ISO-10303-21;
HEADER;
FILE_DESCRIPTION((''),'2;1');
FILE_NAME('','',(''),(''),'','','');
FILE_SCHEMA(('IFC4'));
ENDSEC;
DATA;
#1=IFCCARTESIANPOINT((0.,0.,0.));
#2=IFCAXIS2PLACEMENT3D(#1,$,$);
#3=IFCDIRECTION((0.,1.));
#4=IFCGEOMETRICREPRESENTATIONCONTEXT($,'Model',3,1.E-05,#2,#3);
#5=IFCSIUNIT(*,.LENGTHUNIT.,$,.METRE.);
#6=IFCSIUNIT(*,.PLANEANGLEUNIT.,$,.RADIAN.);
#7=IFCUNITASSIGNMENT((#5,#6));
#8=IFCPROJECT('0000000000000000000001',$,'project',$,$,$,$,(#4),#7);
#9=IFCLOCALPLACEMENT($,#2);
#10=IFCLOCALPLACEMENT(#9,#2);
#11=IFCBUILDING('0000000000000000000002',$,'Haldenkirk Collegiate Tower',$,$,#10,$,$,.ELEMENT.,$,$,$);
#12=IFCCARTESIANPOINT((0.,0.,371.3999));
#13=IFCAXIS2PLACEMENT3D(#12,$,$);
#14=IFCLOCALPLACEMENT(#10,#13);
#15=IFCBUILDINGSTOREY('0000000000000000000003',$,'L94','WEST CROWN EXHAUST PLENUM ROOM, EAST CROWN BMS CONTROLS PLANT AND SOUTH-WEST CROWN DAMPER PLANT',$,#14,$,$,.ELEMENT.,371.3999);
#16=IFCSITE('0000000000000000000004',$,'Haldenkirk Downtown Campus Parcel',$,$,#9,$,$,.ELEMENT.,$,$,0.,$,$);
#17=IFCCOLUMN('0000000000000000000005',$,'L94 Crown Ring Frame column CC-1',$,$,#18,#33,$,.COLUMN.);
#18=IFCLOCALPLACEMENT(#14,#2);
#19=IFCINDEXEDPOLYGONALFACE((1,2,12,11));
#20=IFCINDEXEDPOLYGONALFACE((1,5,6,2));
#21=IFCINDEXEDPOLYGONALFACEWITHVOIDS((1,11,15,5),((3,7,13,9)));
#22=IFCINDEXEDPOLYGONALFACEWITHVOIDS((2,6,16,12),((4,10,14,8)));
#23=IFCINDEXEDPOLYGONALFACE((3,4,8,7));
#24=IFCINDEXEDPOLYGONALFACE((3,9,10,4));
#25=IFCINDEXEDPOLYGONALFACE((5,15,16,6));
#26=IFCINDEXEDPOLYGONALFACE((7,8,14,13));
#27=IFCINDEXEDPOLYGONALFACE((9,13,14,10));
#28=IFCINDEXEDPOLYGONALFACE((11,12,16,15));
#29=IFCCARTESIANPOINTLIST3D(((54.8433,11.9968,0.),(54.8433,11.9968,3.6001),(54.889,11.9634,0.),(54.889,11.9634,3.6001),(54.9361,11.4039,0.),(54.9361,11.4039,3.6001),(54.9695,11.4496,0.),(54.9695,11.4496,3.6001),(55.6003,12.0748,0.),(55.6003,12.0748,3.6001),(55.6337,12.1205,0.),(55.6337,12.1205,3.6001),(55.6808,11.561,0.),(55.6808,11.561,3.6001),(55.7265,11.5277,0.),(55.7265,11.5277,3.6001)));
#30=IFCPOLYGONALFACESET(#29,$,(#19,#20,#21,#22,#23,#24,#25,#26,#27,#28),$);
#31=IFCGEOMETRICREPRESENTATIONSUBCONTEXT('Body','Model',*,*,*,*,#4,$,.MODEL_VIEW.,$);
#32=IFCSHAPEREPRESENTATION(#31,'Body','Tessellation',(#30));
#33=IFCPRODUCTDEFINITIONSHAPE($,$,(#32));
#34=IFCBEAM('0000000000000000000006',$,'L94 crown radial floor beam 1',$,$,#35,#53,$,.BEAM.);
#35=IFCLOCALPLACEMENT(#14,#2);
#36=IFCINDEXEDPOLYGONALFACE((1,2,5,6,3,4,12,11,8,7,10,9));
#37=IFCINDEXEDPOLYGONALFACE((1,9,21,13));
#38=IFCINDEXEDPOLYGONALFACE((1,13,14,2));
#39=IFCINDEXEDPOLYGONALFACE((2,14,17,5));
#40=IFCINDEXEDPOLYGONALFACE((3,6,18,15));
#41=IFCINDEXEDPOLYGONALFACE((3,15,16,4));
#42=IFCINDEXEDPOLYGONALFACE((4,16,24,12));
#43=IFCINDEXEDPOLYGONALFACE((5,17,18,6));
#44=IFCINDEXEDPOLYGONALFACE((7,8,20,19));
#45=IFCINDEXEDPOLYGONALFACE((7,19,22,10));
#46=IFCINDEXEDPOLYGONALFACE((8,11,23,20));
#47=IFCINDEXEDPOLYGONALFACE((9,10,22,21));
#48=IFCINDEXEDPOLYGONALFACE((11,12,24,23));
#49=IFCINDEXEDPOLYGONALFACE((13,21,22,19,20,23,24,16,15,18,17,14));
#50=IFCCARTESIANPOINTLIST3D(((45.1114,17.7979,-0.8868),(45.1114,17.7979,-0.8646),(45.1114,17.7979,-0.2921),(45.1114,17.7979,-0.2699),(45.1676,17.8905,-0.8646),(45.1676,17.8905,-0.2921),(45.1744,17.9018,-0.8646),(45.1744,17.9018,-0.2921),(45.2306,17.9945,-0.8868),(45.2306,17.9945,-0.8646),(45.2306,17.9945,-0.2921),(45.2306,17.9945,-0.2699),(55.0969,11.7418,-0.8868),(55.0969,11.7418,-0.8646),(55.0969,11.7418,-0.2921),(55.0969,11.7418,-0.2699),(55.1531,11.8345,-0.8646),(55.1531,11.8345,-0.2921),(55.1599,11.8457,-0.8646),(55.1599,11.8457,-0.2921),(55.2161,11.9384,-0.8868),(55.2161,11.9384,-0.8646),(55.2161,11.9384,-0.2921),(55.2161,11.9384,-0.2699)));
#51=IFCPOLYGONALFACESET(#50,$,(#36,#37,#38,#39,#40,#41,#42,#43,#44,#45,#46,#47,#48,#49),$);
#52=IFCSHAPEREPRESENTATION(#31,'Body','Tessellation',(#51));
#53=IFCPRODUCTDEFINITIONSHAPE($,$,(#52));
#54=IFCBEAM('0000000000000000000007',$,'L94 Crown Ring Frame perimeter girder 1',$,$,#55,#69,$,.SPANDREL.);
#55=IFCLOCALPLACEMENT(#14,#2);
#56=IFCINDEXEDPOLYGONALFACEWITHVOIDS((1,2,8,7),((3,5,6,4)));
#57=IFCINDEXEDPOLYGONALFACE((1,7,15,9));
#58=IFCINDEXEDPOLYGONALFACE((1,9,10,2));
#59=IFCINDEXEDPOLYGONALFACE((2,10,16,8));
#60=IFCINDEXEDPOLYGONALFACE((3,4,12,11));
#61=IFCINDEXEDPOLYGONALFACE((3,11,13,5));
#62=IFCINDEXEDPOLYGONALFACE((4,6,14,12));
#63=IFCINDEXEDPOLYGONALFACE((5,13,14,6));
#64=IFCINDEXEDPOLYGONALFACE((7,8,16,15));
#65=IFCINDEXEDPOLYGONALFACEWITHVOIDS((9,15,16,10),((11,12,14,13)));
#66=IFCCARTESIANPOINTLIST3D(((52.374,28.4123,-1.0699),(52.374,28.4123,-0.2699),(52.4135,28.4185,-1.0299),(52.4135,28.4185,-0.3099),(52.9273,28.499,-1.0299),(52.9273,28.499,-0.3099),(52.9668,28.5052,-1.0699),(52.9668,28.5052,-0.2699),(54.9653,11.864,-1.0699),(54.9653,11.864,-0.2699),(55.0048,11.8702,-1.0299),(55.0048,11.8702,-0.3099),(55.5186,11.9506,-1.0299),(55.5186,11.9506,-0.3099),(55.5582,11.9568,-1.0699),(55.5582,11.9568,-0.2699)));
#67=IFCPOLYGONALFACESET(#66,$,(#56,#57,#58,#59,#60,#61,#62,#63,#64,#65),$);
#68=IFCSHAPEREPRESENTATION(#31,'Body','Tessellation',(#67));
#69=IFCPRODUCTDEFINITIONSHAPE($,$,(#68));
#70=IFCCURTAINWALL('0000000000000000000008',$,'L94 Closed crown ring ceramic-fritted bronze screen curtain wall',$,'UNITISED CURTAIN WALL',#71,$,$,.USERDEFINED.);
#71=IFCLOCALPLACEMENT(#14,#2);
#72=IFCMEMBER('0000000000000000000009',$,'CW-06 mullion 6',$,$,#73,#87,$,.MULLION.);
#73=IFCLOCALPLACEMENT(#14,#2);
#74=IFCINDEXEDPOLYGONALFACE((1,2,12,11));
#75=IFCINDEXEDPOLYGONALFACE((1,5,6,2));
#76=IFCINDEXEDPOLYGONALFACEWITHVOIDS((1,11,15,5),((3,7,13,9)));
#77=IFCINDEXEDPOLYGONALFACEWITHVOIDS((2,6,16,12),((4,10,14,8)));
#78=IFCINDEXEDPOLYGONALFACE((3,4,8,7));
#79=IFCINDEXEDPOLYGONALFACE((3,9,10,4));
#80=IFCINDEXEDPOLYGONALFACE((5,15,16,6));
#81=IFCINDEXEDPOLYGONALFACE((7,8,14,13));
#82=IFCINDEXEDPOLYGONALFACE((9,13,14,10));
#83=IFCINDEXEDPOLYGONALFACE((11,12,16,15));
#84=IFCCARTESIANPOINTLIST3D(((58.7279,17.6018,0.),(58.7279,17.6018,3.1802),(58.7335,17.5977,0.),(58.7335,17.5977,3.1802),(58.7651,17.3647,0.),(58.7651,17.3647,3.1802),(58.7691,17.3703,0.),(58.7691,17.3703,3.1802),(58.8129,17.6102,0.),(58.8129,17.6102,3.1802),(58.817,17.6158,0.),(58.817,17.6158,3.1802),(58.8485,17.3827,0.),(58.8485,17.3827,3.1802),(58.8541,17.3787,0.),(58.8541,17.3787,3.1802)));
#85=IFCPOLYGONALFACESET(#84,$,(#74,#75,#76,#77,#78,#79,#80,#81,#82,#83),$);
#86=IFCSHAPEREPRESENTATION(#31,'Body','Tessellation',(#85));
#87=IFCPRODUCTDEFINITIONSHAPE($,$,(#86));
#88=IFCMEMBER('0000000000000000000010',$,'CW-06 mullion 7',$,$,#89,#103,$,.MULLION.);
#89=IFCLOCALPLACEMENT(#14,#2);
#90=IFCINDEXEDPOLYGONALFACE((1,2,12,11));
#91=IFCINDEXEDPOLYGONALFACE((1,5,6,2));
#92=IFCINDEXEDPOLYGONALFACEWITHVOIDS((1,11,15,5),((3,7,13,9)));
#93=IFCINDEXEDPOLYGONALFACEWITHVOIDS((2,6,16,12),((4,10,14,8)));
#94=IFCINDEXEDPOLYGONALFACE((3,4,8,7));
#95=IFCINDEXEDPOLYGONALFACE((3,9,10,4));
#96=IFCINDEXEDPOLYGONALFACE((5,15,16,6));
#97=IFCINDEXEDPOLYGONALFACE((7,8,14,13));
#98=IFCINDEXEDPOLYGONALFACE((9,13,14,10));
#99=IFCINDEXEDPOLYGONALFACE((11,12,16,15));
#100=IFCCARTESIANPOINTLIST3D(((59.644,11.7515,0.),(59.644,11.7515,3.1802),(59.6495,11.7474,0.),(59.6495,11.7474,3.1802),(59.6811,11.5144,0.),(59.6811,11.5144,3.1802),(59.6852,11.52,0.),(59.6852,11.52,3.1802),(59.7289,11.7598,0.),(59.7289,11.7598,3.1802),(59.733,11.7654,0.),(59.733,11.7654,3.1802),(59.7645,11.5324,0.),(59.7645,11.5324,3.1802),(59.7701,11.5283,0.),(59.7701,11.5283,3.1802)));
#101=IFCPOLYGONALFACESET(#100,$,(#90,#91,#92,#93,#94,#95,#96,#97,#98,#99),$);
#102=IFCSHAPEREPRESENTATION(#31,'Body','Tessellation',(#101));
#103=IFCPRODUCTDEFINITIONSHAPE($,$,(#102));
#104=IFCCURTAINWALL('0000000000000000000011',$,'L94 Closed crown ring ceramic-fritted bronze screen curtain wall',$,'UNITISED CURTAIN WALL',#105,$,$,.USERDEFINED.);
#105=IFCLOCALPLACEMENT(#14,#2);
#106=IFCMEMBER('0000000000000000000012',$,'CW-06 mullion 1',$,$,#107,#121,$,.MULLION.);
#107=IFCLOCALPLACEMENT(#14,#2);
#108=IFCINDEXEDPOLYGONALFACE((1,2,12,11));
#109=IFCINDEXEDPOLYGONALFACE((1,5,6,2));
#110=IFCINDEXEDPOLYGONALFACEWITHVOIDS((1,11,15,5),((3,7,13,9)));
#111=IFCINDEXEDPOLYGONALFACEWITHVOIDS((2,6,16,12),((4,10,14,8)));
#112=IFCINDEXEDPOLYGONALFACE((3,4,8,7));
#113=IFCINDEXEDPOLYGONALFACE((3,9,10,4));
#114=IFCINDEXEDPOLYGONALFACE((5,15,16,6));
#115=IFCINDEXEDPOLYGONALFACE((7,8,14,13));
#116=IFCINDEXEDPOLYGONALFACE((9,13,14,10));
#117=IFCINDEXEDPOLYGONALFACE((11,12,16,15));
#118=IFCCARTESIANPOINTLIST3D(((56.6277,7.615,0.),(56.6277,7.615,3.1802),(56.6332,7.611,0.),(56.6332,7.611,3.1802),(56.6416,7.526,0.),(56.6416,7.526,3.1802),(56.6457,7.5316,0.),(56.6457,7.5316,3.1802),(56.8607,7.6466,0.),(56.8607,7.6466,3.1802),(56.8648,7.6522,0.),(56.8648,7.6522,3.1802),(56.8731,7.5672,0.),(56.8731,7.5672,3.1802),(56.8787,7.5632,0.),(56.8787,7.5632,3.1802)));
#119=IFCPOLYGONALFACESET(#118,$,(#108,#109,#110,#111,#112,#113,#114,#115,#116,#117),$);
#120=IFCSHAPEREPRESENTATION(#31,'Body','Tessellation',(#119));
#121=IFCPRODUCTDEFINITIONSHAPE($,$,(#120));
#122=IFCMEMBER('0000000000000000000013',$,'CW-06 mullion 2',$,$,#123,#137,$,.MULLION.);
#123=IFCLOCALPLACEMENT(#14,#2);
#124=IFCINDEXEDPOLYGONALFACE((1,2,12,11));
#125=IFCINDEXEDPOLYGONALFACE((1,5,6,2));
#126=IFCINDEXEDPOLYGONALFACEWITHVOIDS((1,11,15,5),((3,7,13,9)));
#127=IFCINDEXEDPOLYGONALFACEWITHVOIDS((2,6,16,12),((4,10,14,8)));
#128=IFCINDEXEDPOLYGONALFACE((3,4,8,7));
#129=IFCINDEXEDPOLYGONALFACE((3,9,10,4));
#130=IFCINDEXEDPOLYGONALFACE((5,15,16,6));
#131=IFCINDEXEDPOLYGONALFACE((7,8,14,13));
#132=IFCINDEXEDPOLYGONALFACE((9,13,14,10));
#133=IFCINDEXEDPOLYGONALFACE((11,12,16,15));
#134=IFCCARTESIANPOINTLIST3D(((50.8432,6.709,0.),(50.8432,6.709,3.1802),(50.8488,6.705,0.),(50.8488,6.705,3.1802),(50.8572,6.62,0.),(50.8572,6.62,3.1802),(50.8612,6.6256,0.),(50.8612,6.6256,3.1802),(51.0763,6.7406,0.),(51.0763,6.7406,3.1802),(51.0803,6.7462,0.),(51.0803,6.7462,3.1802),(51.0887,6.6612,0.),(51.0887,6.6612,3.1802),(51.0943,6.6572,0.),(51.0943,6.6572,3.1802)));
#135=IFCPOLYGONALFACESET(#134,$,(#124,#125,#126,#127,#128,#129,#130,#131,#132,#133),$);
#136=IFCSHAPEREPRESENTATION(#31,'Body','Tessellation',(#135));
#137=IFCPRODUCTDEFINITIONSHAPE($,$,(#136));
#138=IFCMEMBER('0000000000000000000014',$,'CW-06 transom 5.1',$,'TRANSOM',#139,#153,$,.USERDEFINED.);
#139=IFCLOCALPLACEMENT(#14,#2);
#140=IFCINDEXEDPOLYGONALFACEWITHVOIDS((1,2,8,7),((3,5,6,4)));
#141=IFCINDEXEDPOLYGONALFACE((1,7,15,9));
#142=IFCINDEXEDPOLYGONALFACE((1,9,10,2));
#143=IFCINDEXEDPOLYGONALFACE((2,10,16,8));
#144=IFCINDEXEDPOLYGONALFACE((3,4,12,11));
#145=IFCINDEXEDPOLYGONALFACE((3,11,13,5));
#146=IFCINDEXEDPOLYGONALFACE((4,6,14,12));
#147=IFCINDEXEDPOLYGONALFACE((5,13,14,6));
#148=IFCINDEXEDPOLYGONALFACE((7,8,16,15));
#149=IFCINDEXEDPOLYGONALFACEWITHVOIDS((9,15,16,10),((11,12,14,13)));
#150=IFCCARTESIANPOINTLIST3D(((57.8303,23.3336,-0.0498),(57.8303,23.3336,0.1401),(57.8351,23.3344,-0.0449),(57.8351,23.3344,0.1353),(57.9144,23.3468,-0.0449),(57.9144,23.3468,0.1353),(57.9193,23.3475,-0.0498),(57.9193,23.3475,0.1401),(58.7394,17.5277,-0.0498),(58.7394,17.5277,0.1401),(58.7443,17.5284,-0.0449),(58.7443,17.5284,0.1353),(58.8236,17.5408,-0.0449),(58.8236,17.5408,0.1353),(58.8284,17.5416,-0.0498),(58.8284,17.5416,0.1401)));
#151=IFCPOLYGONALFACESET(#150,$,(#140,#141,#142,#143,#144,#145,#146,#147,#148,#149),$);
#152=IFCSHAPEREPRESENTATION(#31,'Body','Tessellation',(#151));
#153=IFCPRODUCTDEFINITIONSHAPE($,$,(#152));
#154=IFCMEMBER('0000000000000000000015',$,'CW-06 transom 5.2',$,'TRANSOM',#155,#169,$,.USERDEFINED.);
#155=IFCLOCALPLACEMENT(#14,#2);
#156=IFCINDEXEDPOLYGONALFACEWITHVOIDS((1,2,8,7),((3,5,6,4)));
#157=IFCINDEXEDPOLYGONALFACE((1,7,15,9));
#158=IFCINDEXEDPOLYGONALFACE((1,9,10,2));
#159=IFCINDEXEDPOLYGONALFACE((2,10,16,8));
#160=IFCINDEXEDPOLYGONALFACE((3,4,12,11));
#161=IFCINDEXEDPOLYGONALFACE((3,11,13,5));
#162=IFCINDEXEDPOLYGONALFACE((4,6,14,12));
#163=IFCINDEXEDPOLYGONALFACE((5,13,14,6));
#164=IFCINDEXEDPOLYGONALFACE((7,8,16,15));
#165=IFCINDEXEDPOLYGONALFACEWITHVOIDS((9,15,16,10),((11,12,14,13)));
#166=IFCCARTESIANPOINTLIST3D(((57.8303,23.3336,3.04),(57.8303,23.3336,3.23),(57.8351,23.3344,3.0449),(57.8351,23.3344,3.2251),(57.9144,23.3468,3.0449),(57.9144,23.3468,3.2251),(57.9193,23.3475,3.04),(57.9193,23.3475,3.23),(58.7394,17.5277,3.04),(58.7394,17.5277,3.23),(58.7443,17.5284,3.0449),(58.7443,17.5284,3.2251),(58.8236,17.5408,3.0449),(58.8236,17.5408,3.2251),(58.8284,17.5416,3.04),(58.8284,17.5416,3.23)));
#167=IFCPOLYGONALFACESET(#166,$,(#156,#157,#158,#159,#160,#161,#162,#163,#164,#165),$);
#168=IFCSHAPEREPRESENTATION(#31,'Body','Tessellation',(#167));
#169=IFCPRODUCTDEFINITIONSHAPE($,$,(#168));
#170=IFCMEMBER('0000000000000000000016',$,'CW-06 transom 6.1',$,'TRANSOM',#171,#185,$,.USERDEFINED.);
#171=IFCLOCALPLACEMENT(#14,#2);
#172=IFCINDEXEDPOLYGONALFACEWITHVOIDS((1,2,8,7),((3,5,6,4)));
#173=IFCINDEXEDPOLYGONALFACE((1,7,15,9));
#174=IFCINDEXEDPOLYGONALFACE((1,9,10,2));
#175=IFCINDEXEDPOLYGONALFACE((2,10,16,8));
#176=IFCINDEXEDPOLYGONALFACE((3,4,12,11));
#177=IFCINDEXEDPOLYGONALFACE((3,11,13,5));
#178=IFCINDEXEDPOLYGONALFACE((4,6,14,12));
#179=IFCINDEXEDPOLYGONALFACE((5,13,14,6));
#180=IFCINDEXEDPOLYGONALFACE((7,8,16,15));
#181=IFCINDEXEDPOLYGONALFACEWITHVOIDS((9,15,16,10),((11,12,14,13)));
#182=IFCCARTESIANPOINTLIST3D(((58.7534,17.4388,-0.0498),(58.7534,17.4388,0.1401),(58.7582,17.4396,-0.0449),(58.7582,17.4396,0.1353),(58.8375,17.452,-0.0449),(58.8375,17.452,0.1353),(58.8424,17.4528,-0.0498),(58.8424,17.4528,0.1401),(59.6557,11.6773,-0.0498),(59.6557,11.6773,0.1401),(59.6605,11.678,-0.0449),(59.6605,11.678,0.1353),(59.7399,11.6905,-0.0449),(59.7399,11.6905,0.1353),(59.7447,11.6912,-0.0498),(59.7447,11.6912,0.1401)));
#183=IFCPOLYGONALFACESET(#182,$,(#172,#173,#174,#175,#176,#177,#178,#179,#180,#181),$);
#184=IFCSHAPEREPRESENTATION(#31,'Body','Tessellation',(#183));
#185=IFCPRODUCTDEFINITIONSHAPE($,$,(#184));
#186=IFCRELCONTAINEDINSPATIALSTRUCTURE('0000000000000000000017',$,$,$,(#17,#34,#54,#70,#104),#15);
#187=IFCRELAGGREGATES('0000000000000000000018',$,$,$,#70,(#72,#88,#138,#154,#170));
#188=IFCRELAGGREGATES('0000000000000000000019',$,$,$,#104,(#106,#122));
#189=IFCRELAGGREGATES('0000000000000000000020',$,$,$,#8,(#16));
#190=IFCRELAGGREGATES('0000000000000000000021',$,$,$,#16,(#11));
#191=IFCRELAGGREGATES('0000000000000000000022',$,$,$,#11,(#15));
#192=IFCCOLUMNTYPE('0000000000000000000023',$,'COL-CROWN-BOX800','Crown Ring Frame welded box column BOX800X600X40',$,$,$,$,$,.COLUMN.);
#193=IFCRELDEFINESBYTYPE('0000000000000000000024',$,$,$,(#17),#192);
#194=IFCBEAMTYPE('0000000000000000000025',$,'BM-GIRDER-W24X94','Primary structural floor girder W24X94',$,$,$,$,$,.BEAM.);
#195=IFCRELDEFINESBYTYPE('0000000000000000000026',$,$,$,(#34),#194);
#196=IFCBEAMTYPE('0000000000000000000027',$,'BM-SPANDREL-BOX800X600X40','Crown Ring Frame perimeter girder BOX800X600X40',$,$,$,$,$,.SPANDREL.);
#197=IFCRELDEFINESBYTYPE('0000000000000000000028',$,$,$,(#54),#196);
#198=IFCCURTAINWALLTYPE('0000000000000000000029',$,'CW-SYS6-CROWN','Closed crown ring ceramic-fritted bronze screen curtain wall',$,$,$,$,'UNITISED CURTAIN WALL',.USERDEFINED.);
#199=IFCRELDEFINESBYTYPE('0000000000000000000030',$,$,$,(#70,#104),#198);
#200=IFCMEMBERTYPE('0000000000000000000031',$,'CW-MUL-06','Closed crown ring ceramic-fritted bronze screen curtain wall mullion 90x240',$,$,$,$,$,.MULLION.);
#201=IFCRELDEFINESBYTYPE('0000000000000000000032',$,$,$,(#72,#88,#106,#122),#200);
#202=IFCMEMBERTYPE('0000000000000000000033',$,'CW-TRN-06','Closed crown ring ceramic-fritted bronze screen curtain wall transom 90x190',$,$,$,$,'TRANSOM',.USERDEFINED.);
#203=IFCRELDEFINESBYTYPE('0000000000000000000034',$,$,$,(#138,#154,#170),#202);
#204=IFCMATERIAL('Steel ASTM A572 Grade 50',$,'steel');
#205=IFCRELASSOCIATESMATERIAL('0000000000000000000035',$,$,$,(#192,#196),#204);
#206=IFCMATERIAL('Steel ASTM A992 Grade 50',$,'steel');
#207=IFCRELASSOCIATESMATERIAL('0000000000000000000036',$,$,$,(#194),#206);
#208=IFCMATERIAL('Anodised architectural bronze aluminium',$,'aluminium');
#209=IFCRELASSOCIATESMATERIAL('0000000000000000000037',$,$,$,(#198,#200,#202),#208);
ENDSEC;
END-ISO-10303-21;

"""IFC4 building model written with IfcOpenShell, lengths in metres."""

from ifc_helpers import new_model, si_unit, direction, frame, origin, origin_2d, place, context, subcontext, project, spatial, hollow_rectangle, i_section, extrude, material, material_profile, profile_set, type_object, element, aggregate, save


model = new_model("IFC4")

# Units and contexts
model_context = context("Model", 3, precision=1e-05, world=origin(), true_north=direction((0.0, 1.0)))
body_context = subcontext(model_context, "Body", "Model", "MODEL_VIEW")
ifc_project = project(units=[si_unit("LENGTHUNIT", "METRE"), si_unit("PLANEANGLEUNIT", "RADIAN")], contexts=[model_context])

# Site, building, storey
site_placement = place(None, origin())
site = spatial("IfcSite", under=ifc_project, at=site_placement, Name="Haldenkirk Downtown Campus Parcel", CompositionType="ELEMENT", RefElevation=0.0)
building_placement = place(site_placement, origin())
building = spatial("IfcBuilding", under=site, at=building_placement, Name="Haldenkirk Collegiate Tower", CompositionType="ELEMENT")
storey_placement = place(building_placement, frame((0.0, 0.0, 371.3999)))
storey = spatial("IfcBuildingStorey", under=building, at=storey_placement, Name="L94", Description="WEST CROWN EXHAUST PLENUM ROOM, EAST CROWN BMS CONTROLS PLANT AND SOUTH-WEST CROWN DAMPER PLANT", CompositionType="ELEMENT", Elevation=371.3999)

# Column
ifc_material_1 = material(Name="Steel ASTM A572 Grade 50", Category="steel")
ifc_material_profile_1 = material_profile(ifc_material_1, hollow_rectangle(XDim=0.6001, YDim=0.8, WallThickness=0.04, at=origin_2d()), Name="BOX800X600X40")
ifc_profile_set_1 = profile_set([ifc_material_profile_1], Name="Steel ASTM A572 Grade 50")
column_type = type_object("IfcColumnType", Name="COL-CROWN-BOX800", Description="Crown Ring Frame welded box column BOX800X600X40", PredefinedType="COLUMN", material=ifc_profile_set_1)
column_placement = place(storey_placement, frame((55.2849, 11.7622, 0.0), z_axis=(0.0, 0.0, 1.0), x_axis=(-0.15471, 0.98796, 0.0)))
element("IfcColumn", 1, at=column_placement, inside=storey, type_object=column_type, Name="L94 Crown Ring Frame column CC-1", PredefinedType="COLUMN", context=body_context, shape_type="SweptSolid", body=[
    extrude(hollow_rectangle(XDim=0.6001, YDim=0.8, WallThickness=0.04, at=origin_2d()), origin(), (0.0, 0.0, 1.0), 3.6001),
])

# Beams
ifc_material_2 = material(Name="Steel ASTM A992 Grade 50", Category="steel")
ifc_material_profile_2 = material_profile(ifc_material_2, i_section(OverallWidth=0.23, OverallDepth=0.6169, WebThickness=0.0132, FlangeThickness=0.0222, at=origin_2d()), Name="W24X94")
ifc_profile_set_2 = profile_set([ifc_material_profile_2], Name="Steel ASTM A992 Grade 50")
beam_type_1 = type_object("IfcBeamType", Name="BM-GIRDER-W24X94", Description="Primary structural floor girder W24X94", PredefinedType="BEAM", material=ifc_profile_set_2)
beam_1_placement = place(storey_placement, frame((55.1565, 11.8401, -0.5784), z_axis=(-0.855035, 0.518569, 0.0), x_axis=(-0.518569, -0.855035, 0.0)))
element("IfcBeam", 2, at=beam_1_placement, inside=storey, type_object=beam_type_1, Name="L94 crown radial floor beam 1", PredefinedType="BEAM", context=body_context, shape_type="SweptSolid", body=[
    extrude(i_section(OverallWidth=0.23, OverallDepth=0.6169, WebThickness=0.0132, FlangeThickness=0.0222, at=origin_2d()), origin(), (0.0, 0.0, 1.0), 11.6785),
])
ifc_material_profile_3 = material_profile(ifc_material_1, hollow_rectangle(XDim=0.6001, YDim=0.8, WallThickness=0.04, at=origin_2d()), Name="BOX800X600X40")
ifc_profile_set_3 = profile_set([ifc_material_profile_3], Name="Steel ASTM A572 Grade 50")
beam_type_2 = type_object("IfcBeamType", Name="BM-SPANDREL-BOX800X600X40", Description="Crown Ring Frame perimeter girder BOX800X600X40", PredefinedType="SPANDREL", material=ifc_profile_set_3)
beam_2_placement = place(storey_placement, frame((55.2617, 11.9104, -0.6699), z_axis=(-0.154705, 0.987961, 0.0), x_axis=(-0.987961, -0.154705, 0.0)))
element("IfcBeam", 3, at=beam_2_placement, inside=storey, type_object=beam_type_2, Name="L94 Crown Ring Frame perimeter girder 1", PredefinedType="SPANDREL", context=body_context, shape_type="SweptSolid", body=[
    extrude(hollow_rectangle(XDim=0.6001, YDim=0.8, WallThickness=0.04, at=origin_2d()), origin(), (0.0, 0.0, 1.0), 16.75),
])

# Curtain walls, members
ifc_material_3 = material(Name="Anodised architectural bronze aluminium", Category="aluminium")
curtain_wall_type = type_object("IfcCurtainWallType", Name="CW-SYS6-CROWN", Description="Closed crown ring ceramic-fritted bronze screen curtain wall", ElementType="UNITISED CURTAIN WALL", PredefinedType="USERDEFINED", material=ifc_material_3)
curtain_wall_1_placement = place(storey_placement, origin())
curtain_wall_1 = element("IfcCurtainWall", 4, at=curtain_wall_1_placement, inside=storey, type_object=curtain_wall_type, Name="L94 Closed crown ring ceramic-fritted bronze screen curtain wall", ObjectType="UNITISED CURTAIN WALL", PredefinedType="USERDEFINED")
ifc_material_profile_4 = material_profile(ifc_material_3, hollow_rectangle(XDim=0.0901, YDim=0.24, WallThickness=0.0049, at=origin_2d()), Name="CW-MUL-06")
ifc_profile_set_4 = profile_set([ifc_material_profile_4], Name="Anodised architectural bronze aluminium")
member_type_1 = type_object("IfcMemberType", Name="CW-MUL-06", Description="Closed crown ring ceramic-fritted bronze screen curtain wall mullion 90x240", PredefinedType="MULLION", material=ifc_profile_set_4)
member_1_placement = place(storey_placement, frame((58.791, 17.4902, 0.0), z_axis=(0.0, 0.0, 1.0), x_axis=(0.98796, 0.154713, 0.0)))
member_1 = element("IfcMember", 5, at=member_1_placement, type_object=member_type_1, Name="CW-06 mullion 6", PredefinedType="MULLION", context=body_context, shape_type="SweptSolid", body=[
    extrude(hollow_rectangle(XDim=0.0901, YDim=0.24, WallThickness=0.0049, at=origin_2d()), origin(), (0.0, 0.0, 1.0), 3.1802),
])
member_2_placement = place(storey_placement, frame((59.707, 11.6399, 0.0), z_axis=(0.0, 0.0, 1.0), x_axis=(0.98796, 0.154713, 0.0)))
member_2 = element("IfcMember", 6, at=member_2_placement, type_object=member_type_1, Name="CW-06 mullion 7", PredefinedType="MULLION", context=body_context, shape_type="SweptSolid", body=[
    extrude(hollow_rectangle(XDim=0.0901, YDim=0.24, WallThickness=0.0049, at=origin_2d()), origin(), (0.0, 0.0, 1.0), 3.1802),
])
curtain_wall_2_placement = place(storey_placement, origin())
curtain_wall_2 = element("IfcCurtainWall", 7, at=curtain_wall_2_placement, inside=storey, type_object=curtain_wall_type, Name="L94 Closed crown ring ceramic-fritted bronze screen curtain wall", ObjectType="UNITISED CURTAIN WALL", PredefinedType="USERDEFINED")
member_3_placement = place(storey_placement, frame((56.7532, 7.5891, 0.0), z_axis=(0.0, 0.0, 1.0), x_axis=(0.154709, -0.98796, 0.0)))
member_3 = element("IfcMember", 8, at=member_3_placement, type_object=member_type_1, Name="CW-06 mullion 1", PredefinedType="MULLION", context=body_context, shape_type="SweptSolid", body=[
    extrude(hollow_rectangle(XDim=0.0901, YDim=0.24, WallThickness=0.0049, at=origin_2d()), origin(), (0.0, 0.0, 1.0), 3.1802),
])
member_4_placement = place(storey_placement, frame((50.9688, 6.6831, 0.0), z_axis=(0.0, 0.0, 1.0), x_axis=(0.154709, -0.98796, 0.0)))
member_4 = element("IfcMember", 9, at=member_4_placement, type_object=member_type_1, Name="CW-06 mullion 2", PredefinedType="MULLION", context=body_context, shape_type="SweptSolid", body=[
    extrude(hollow_rectangle(XDim=0.0901, YDim=0.24, WallThickness=0.0049, at=origin_2d()), origin(), (0.0, 0.0, 1.0), 3.1802),
])

# Members
ifc_material_profile_5 = material_profile(ifc_material_3, hollow_rectangle(XDim=0.0901, YDim=0.1899, WallThickness=0.0049, at=origin_2d()), Name="CW-TRN-06")
ifc_profile_set_5 = profile_set([ifc_material_profile_5], Name="Anodised architectural bronze aluminium")
member_type_2 = type_object("IfcMemberType", Name="CW-TRN-06", Description="Closed crown ring ceramic-fritted bronze screen curtain wall transom 90x190", ElementType="TRANSOM", PredefinedType="USERDEFINED", material=ifc_profile_set_5)
member_5_placement = place(storey_placement, frame((57.8748, 23.3406, 0.0452), z_axis=(0.15471, -0.98796, 0.0), x_axis=(0.98796, 0.15471, 0.0)))
member_5 = element("IfcMember", 10, at=member_5_placement, type_object=member_type_2, Name="CW-06 transom 5.1", ObjectType="TRANSOM", PredefinedType="USERDEFINED", context=body_context, shape_type="SweptSolid", body=[
    extrude(hollow_rectangle(XDim=0.0901, YDim=0.1899, WallThickness=0.0049, at=origin_2d()), origin(), (0.0, 0.0, 1.0), 5.8767),
])
member_6_placement = place(storey_placement, frame((57.8748, 23.3406, 3.135), z_axis=(0.15471, -0.98796, 0.0), x_axis=(0.98796, 0.15471, 0.0)))
member_6 = element("IfcMember", 11, at=member_6_placement, type_object=member_type_2, Name="CW-06 transom 5.2", ObjectType="TRANSOM", PredefinedType="USERDEFINED", context=body_context, shape_type="SweptSolid", body=[
    extrude(hollow_rectangle(XDim=0.0901, YDim=0.1899, WallThickness=0.0049, at=origin_2d()), origin(), (0.0, 0.0, 1.0), 5.8767),
])
member_7_placement = place(storey_placement, frame((58.7979, 17.4458, 0.0452), z_axis=(0.154731, -0.987957, 0.0), x_axis=(0.987957, 0.154731, 0.0)))
member_7 = element("IfcMember", 12, at=member_7_placement, type_object=member_type_2, Name="CW-06 transom 6.1", ObjectType="TRANSOM", PredefinedType="USERDEFINED", context=body_context, shape_type="SweptSolid", body=[
    extrude(hollow_rectangle(XDim=0.0901, YDim=0.1899, WallThickness=0.0049, at=origin_2d()), origin(), (0.0, 0.0, 1.0), 5.8318),
])

aggregate(curtain_wall_1, [member_1, member_2, member_5, member_6, member_7])
aggregate(curtain_wall_2, [member_3, member_4])

save(model, "model.ifc")
